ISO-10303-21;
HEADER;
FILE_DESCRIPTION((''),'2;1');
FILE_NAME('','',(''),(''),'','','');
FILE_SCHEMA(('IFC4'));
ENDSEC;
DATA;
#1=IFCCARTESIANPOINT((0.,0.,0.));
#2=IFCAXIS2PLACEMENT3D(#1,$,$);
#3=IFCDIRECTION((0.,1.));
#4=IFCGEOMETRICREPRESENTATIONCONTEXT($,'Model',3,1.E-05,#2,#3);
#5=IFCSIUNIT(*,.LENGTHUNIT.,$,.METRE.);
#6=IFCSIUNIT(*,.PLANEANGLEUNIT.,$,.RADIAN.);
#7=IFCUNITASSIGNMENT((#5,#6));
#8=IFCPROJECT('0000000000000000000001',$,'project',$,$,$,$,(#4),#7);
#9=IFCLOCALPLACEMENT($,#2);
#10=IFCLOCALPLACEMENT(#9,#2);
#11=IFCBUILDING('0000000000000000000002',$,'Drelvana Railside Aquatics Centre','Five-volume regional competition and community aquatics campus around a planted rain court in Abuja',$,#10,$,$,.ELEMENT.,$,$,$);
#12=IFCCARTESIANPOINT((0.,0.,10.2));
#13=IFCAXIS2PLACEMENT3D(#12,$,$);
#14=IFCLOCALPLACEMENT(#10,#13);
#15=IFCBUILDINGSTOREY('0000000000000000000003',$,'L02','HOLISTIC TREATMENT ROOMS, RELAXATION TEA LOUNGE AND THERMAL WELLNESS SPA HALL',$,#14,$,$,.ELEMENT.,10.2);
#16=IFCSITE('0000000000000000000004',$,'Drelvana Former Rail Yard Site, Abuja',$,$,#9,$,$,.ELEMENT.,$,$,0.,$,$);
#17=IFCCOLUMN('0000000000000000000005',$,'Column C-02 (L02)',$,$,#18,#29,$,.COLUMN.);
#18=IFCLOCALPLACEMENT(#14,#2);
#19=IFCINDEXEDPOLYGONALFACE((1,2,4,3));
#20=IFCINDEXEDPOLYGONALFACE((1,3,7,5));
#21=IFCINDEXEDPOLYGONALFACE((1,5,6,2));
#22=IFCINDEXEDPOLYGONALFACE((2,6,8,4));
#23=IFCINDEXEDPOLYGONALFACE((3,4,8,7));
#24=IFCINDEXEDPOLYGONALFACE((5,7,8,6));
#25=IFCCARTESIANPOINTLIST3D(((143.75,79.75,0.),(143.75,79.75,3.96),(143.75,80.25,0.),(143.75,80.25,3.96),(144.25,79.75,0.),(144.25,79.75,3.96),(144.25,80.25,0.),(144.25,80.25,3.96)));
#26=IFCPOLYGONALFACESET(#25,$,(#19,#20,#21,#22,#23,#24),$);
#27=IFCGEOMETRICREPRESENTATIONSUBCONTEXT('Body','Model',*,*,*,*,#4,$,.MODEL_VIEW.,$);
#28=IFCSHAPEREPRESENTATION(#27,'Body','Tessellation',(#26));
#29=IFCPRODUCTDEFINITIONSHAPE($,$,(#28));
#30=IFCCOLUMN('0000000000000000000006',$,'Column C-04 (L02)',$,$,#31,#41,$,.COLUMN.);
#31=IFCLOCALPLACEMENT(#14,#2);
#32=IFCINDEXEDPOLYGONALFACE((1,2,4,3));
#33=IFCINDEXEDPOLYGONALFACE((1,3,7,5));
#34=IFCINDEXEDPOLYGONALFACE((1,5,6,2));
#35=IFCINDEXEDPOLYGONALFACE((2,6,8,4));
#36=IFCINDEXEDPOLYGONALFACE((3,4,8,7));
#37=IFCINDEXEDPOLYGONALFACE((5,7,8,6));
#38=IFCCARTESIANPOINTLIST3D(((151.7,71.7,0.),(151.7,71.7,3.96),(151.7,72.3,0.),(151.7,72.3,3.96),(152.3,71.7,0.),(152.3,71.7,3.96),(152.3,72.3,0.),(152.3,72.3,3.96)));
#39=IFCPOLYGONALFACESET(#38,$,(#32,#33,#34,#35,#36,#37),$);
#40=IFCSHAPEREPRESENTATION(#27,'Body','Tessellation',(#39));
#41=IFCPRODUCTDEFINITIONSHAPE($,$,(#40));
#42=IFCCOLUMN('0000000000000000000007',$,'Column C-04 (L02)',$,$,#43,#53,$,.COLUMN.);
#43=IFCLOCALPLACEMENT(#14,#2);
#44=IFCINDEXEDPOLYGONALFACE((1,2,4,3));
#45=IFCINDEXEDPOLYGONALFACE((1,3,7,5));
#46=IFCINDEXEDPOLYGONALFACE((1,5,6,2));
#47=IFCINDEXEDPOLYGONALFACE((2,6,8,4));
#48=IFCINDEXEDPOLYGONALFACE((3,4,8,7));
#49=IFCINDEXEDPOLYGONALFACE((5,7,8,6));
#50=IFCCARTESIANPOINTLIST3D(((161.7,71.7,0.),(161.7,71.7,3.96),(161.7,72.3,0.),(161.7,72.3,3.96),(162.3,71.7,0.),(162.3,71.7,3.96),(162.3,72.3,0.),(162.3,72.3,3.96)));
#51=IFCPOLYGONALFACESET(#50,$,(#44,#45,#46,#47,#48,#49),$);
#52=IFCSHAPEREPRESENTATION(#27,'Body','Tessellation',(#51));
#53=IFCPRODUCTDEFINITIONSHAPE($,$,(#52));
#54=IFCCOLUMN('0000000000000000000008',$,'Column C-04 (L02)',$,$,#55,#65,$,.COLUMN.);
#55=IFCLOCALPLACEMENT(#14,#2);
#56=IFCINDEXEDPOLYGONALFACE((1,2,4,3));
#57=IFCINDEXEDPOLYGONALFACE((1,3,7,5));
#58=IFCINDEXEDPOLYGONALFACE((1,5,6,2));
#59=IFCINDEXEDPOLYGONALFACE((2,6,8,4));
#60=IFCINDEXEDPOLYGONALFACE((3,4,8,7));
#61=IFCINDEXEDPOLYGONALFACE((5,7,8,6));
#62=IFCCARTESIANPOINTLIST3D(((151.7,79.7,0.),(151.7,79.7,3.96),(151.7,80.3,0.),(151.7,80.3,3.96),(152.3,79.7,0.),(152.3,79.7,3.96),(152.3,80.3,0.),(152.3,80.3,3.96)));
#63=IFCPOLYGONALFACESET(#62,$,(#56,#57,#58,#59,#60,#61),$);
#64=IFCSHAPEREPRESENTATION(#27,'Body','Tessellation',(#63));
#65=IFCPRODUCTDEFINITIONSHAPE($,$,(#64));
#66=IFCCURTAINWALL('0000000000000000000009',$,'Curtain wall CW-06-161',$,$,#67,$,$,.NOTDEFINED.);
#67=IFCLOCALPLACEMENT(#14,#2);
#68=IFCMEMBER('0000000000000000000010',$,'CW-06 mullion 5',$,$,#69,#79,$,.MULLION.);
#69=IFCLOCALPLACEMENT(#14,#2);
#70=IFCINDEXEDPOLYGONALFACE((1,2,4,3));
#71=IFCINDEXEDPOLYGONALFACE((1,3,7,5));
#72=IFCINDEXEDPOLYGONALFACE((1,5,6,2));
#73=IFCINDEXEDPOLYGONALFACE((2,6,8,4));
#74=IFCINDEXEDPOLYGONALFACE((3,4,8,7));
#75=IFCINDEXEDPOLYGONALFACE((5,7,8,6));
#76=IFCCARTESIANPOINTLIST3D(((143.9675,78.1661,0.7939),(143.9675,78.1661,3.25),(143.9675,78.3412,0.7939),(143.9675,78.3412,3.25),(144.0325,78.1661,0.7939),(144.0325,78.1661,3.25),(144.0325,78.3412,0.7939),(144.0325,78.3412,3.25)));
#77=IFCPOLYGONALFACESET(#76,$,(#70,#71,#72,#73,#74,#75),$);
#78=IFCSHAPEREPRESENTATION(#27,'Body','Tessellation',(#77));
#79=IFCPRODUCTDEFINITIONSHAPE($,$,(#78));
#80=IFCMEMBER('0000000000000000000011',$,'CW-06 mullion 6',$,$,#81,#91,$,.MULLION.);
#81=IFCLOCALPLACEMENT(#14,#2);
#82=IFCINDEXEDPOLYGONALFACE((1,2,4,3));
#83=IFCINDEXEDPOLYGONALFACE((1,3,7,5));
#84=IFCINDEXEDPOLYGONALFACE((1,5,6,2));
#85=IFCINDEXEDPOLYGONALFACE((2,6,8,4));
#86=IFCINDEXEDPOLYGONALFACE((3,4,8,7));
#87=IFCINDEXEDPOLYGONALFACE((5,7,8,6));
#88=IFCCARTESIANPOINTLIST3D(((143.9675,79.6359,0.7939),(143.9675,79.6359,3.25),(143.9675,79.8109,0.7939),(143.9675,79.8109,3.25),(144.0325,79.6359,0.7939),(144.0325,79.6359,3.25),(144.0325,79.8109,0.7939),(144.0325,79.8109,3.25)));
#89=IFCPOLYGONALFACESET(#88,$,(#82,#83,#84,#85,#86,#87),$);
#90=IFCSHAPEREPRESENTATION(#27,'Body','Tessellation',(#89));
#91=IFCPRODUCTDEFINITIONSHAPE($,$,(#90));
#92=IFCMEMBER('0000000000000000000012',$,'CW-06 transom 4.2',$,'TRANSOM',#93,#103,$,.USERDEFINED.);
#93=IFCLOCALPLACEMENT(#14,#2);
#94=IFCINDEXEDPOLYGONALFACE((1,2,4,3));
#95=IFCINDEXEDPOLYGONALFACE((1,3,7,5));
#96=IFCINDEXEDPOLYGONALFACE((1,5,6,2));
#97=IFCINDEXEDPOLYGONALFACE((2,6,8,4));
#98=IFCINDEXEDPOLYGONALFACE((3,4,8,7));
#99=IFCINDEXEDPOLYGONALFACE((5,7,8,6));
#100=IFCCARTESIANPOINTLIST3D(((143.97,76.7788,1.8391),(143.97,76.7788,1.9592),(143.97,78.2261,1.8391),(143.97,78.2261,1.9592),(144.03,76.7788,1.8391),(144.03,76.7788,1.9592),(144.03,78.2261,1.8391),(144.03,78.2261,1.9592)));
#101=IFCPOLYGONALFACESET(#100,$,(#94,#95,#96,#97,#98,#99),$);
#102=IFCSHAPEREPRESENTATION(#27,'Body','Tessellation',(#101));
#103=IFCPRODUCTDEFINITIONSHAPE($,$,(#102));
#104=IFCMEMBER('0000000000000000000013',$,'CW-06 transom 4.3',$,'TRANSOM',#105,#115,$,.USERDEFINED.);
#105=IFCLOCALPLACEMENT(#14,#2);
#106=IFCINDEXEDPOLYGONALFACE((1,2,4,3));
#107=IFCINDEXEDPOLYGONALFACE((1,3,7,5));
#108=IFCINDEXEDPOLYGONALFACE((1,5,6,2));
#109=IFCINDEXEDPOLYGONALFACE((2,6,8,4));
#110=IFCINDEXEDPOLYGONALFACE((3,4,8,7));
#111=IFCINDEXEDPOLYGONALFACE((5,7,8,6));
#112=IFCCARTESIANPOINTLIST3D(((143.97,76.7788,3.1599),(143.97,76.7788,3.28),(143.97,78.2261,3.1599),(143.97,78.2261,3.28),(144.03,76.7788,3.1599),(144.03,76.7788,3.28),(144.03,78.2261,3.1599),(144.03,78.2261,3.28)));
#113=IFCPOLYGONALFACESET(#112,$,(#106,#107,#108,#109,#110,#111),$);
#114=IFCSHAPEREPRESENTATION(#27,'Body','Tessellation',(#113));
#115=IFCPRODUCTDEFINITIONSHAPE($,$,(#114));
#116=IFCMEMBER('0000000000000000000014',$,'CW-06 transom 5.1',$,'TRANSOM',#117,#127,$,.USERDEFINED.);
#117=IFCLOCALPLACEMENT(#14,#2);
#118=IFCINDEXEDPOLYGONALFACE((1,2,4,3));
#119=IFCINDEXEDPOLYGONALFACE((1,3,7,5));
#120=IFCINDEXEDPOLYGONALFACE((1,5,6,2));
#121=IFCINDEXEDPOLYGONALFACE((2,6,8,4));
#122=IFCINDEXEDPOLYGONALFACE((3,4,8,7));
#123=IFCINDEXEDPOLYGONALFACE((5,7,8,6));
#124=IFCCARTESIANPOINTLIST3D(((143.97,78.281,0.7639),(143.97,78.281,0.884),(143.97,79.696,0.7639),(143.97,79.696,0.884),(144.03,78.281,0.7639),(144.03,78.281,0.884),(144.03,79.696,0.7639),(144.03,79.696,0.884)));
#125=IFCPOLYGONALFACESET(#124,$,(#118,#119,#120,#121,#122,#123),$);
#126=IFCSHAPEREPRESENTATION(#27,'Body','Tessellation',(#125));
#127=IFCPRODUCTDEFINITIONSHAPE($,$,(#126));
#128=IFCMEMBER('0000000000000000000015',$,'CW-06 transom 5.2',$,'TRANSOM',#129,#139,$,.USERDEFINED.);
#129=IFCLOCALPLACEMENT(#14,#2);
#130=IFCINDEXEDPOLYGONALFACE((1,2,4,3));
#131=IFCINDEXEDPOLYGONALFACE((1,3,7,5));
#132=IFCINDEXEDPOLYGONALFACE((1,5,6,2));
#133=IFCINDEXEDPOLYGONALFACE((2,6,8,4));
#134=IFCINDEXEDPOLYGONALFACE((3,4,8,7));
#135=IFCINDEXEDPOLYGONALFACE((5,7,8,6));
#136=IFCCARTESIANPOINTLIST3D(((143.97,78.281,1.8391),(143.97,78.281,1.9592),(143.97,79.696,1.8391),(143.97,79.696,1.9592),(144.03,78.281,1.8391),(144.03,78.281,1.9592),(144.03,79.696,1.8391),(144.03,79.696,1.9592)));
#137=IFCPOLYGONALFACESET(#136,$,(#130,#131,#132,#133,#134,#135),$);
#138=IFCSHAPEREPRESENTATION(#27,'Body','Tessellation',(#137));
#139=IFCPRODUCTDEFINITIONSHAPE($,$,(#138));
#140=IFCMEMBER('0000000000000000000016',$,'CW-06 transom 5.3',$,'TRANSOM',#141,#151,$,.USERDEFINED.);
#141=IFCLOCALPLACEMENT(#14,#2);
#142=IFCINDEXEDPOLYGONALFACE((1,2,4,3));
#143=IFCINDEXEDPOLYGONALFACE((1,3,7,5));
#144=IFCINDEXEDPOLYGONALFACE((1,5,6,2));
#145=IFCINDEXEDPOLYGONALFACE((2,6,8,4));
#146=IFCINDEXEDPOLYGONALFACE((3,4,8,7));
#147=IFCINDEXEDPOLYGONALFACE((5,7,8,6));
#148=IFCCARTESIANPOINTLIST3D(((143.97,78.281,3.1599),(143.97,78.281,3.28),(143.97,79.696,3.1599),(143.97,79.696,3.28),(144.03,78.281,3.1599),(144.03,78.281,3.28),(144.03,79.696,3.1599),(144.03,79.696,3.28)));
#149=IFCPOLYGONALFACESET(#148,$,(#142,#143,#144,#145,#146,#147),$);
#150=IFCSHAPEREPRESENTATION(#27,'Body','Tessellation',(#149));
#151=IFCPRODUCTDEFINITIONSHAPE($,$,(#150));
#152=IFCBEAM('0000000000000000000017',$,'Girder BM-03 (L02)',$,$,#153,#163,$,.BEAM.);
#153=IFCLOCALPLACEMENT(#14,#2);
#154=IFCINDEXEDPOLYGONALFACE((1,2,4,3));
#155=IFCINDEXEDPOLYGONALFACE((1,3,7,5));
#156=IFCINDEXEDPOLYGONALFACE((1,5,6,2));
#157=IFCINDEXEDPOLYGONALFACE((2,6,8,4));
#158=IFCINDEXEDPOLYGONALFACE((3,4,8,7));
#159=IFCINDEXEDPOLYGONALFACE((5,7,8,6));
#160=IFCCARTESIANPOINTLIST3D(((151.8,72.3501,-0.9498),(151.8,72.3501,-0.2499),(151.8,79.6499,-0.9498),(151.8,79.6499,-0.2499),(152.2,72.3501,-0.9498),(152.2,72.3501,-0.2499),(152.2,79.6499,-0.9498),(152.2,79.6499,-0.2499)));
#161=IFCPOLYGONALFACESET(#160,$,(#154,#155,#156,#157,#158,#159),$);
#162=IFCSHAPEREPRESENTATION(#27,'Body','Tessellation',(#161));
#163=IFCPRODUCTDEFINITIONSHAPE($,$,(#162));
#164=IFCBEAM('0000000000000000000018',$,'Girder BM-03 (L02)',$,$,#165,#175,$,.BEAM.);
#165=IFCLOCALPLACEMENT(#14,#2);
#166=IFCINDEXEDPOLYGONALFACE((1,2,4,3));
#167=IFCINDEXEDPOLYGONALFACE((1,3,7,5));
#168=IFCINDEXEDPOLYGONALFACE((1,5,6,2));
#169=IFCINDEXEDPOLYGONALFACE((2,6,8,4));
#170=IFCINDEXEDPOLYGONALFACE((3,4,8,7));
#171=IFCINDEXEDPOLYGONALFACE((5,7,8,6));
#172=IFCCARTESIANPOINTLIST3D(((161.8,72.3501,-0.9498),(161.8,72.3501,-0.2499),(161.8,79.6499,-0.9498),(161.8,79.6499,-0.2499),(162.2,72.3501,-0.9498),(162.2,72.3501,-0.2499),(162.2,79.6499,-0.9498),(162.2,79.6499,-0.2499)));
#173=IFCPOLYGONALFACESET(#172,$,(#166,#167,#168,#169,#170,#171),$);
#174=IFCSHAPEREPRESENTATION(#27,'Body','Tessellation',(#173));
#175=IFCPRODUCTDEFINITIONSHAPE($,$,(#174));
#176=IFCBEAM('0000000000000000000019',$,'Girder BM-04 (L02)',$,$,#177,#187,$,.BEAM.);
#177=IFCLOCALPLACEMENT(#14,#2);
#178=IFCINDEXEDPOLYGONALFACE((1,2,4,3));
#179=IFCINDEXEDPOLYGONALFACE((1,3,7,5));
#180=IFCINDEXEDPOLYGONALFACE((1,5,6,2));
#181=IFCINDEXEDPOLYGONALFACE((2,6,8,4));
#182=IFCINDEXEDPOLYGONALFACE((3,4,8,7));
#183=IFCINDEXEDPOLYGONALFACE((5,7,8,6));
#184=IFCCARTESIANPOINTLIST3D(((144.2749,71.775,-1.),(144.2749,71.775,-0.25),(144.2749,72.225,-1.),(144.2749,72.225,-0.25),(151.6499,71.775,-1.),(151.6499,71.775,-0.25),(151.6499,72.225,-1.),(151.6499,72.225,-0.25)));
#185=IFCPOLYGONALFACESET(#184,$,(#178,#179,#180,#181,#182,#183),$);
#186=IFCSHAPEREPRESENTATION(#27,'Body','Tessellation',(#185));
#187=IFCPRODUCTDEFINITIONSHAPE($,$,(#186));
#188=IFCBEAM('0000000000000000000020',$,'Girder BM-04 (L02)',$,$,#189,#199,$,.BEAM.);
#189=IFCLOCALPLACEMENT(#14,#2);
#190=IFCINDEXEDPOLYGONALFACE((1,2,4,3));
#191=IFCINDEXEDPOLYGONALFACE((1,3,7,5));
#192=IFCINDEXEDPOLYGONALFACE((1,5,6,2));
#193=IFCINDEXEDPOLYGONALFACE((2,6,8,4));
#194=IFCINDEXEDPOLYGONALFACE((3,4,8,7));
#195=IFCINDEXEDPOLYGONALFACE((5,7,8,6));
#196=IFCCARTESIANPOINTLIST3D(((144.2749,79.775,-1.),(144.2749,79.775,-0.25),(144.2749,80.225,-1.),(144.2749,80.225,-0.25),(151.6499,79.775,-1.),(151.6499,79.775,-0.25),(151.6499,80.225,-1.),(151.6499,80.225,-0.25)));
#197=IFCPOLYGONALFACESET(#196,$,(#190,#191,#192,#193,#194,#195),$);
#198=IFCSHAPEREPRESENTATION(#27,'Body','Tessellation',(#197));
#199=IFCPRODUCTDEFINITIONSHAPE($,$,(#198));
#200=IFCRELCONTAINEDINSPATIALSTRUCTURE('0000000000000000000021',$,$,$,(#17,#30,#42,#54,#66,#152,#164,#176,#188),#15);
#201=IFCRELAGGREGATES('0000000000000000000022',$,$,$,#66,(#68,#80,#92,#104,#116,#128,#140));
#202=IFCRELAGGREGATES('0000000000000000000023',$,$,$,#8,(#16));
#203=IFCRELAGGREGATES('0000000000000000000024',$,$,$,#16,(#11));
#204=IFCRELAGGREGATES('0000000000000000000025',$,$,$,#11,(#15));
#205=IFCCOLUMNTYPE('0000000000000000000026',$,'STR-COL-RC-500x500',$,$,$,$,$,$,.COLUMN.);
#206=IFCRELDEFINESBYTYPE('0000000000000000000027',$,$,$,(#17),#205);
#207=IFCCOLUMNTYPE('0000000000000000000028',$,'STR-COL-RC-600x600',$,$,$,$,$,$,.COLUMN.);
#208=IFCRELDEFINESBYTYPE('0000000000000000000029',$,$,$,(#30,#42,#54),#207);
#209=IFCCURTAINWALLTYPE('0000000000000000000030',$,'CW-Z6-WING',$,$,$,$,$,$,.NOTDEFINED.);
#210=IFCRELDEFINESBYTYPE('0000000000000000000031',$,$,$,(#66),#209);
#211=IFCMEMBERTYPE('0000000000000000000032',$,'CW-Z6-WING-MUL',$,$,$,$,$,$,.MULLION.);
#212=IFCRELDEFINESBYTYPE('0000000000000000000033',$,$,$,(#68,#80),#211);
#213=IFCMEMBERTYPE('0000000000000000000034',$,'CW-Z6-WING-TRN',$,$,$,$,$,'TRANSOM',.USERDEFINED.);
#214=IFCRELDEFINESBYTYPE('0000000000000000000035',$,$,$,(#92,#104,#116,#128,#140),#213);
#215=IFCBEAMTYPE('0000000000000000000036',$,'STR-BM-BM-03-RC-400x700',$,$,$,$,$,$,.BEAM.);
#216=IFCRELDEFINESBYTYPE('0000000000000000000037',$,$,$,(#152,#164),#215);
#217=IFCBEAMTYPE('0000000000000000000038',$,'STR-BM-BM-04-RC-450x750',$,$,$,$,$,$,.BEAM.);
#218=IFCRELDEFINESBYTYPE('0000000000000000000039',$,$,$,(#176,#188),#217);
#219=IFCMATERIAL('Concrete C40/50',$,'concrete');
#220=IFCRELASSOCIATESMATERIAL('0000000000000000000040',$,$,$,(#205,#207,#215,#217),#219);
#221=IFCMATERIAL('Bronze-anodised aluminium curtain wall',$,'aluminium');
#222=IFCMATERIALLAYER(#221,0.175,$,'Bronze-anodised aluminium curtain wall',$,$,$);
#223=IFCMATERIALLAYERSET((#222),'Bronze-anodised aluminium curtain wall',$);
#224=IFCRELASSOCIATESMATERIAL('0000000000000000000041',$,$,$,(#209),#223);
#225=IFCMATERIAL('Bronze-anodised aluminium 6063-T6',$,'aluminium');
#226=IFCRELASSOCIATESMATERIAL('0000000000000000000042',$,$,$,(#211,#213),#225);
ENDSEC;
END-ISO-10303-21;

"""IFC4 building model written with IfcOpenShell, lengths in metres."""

from ifc_helpers import new_model, si_unit, direction, frame, origin, origin_2d, place, context, subcontext, project, spatial, rectangle, extrude, material, layer, layer_set, material_profile, profile_set, type_object, element, aggregate, save


model = new_model("IFC4")

# Units and contexts
model_context = context("Model", 3, precision=1e-05, world=origin(), true_north=direction((0.0, 1.0)))
body_context = subcontext(model_context, "Body", "Model", "MODEL_VIEW")
ifc_project = project(units=[si_unit("LENGTHUNIT", "METRE"), si_unit("PLANEANGLEUNIT", "RADIAN")], contexts=[model_context])

# Site, building, storey
site_placement = place(None, origin())
site = spatial("IfcSite", under=ifc_project, at=site_placement, Name="Drelvana Former Rail Yard Site, Abuja", CompositionType="ELEMENT", RefElevation=0.0)
building_placement = place(site_placement, origin())
building = spatial("IfcBuilding", under=site, at=building_placement, Name="Drelvana Railside Aquatics Centre", Description="Five-volume regional competition and community aquatics campus around a planted rain court in Abuja", CompositionType="ELEMENT")
storey_placement = place(building_placement, frame((0.0, 0.0, 10.2)))
storey = spatial("IfcBuildingStorey", under=building, at=storey_placement, Name="L02", Description="HOLISTIC TREATMENT ROOMS, RELAXATION TEA LOUNGE AND THERMAL WELLNESS SPA HALL", CompositionType="ELEMENT", Elevation=10.2)

# Columns
ifc_material_1 = material(Name="Concrete C40/50", Category="concrete")
ifc_material_profile_1 = material_profile(ifc_material_1, rectangle(XDim=0.5, YDim=0.5, at=origin_2d()), Name="RC 500x500")
ifc_profile_set_1 = profile_set([ifc_material_profile_1], Name="Concrete C40/50")
column_type_1 = type_object("IfcColumnType", Name="STR-COL-RC-500x500", PredefinedType="COLUMN", material=ifc_profile_set_1)
column_placement = place(storey_placement, frame((144.0, 80.0, 0.0), z_axis=(0.0, 0.0, 1.0), x_axis=(1.0, 0.0, 0.0)))
element("IfcColumn", 1, at=column_placement, inside=storey, type_object=column_type_1, Name="Column C-02 (L02)", PredefinedType="COLUMN", context=body_context, shape_type="SweptSolid", body=[
    extrude(rectangle(XDim=0.5, YDim=0.5, at=origin_2d()), origin(), (0.0, 0.0, 1.0), 3.96),
])
ifc_material_profile_2 = material_profile(ifc_material_1, rectangle(XDim=0.6001, YDim=0.6001, at=origin_2d()), Name="RC 600x600")
ifc_profile_set_2 = profile_set([ifc_material_profile_2], Name="Concrete C40/50")
column_type_2 = type_object("IfcColumnType", Name="STR-COL-RC-600x600", PredefinedType="COLUMN", material=ifc_profile_set_2)
for number, where, z_axis, x_axis, name in (
    (2, (152.0, 72.0, 0.0), (0.0, 0.0, 1.0), (1.0, 0.0, 0.0), "Column C-04 (L02)"),
    (3, (162.0, 72.0, 0.0), (0.0, 0.0, 1.0), (1.0, 0.0, 0.0), "Column C-04 (L02)"),
    (4, (152.0, 80.0, 0.0), (0.0, 0.0, 1.0), (1.0, 0.0, 0.0), "Column C-04 (L02)"),
):
    element("IfcColumn", number, at=place(storey_placement, frame(where, z_axis=z_axis, x_axis=x_axis)), inside=storey, type_object=column_type_2, Name=name, PredefinedType="COLUMN", context=body_context, shape_type="SweptSolid", body=[
        extrude(rectangle(XDim=0.6001, YDim=0.6001, at=origin_2d()), origin(), (0.0, 0.0, 1.0), 3.96),
    ])

# Curtain wall, members
ifc_material_2 = material(Name="Bronze-anodised aluminium curtain wall", Category="aluminium")
ifc_layer_1 = layer(ifc_material_2, 0.175, Name="Bronze-anodised aluminium curtain wall")
ifc_layer_set_1 = layer_set([ifc_layer_1], Name="Bronze-anodised aluminium curtain wall")
curtain_wall_type = type_object("IfcCurtainWallType", Name="CW-Z6-WING", PredefinedType="NOTDEFINED", material=ifc_layer_set_1)
curtain_wall_placement = place(storey_placement, origin())
curtain_wall = element("IfcCurtainWall", 5, at=curtain_wall_placement, inside=storey, type_object=curtain_wall_type, Name="Curtain wall CW-06-161", PredefinedType="NOTDEFINED")
ifc_material_3 = material(Name="Bronze-anodised aluminium 6063-T6", Category="aluminium")
ifc_material_profile_3 = material_profile(ifc_material_3, rectangle(XDim=0.0649, YDim=0.175, at=origin_2d()), Name="ALU-M 65x175")
ifc_profile_set_3 = profile_set([ifc_material_profile_3], Name="Bronze-anodised aluminium 6063-T6")
member_type_1 = type_object("IfcMemberType", Name="CW-Z6-WING-MUL", PredefinedType="MULLION", material=ifc_profile_set_3)
member_1_placement = place(storey_placement, frame((144.0, 78.2537, 0.7939), z_axis=(0.0, 0.0, 1.0), x_axis=(-1.0, 0.0, 0.0)))
member_1 = element("IfcMember", 6, at=member_1_placement, type_object=member_type_1, Name="CW-06 mullion 5", PredefinedType="MULLION", context=body_context, shape_type="SweptSolid", body=[
    extrude(rectangle(XDim=0.0649, YDim=0.175, at=origin_2d()), origin(), (0.0, 0.0, 1.0), 2.4561),
])
member_2_placement = place(storey_placement, frame((144.0, 79.7234, 0.7939), z_axis=(0.0, 0.0, 1.0), x_axis=(-1.0, 0.0, 0.0)))
member_2 = element("IfcMember", 7, at=member_2_placement, type_object=member_type_1, Name="CW-06 mullion 6", PredefinedType="MULLION", context=body_context, shape_type="SweptSolid", body=[
    extrude(rectangle(XDim=0.0649, YDim=0.175, at=origin_2d()), origin(), (0.0, 0.0, 1.0), 2.4561),
])
ifc_material_profile_4 = material_profile(ifc_material_3, rectangle(XDim=0.1201, YDim=0.0601, at=origin_2d()), Name="ALU-T 60x120")
ifc_profile_set_4 = profile_set([ifc_material_profile_4], Name="Bronze-anodised aluminium 6063-T6")
member_type_2 = type_object("IfcMemberType", Name="CW-Z6-WING-TRN", ElementType="TRANSOM", PredefinedType="USERDEFINED", material=ifc_profile_set_4)
member_3_placement = place(storey_placement, frame((144.0, 76.7788, 1.8992), z_axis=(0.0, 1.0, 0.0), x_axis=(0.0, 0.0, 1.0)))
member_3 = element("IfcMember", 8, at=member_3_placement, type_object=member_type_2, Name="CW-06 transom 4.2", ObjectType="TRANSOM", PredefinedType="USERDEFINED", context=body_context, shape_type="SweptSolid", body=[
    extrude(rectangle(XDim=0.1201, YDim=0.0601, at=origin_2d()), origin(), (0.0, 0.0, 1.0), 1.4473),
])
member_4_placement = place(storey_placement, frame((144.0, 76.7788, 3.22), z_axis=(0.0, 1.0, 0.0), x_axis=(0.0, 0.0, 1.0)))
member_4 = element("IfcMember", 9, at=member_4_placement, type_object=member_type_2, Name="CW-06 transom 4.3", ObjectType="TRANSOM", PredefinedType="USERDEFINED", context=body_context, shape_type="SweptSolid", body=[
    extrude(rectangle(XDim=0.1201, YDim=0.0601, at=origin_2d()), origin(), (0.0, 0.0, 1.0), 1.4473),
])
member_5_placement = place(storey_placement, frame((144.0, 78.281, 0.824), z_axis=(0.0, 1.0, 0.0), x_axis=(0.0, 0.0, 1.0)))
member_5 = element("IfcMember", 10, at=member_5_placement, type_object=member_type_2, Name="CW-06 transom 5.1", ObjectType="TRANSOM", PredefinedType="USERDEFINED", context=body_context, shape_type="SweptSolid", body=[
    extrude(rectangle(XDim=0.1201, YDim=0.0601, at=origin_2d()), origin(), (0.0, 0.0, 1.0), 1.415),
])
member_6_placement = place(storey_placement, frame((144.0, 78.281, 1.8992), z_axis=(0.0, 1.0, 0.0), x_axis=(0.0, 0.0, 1.0)))
member_6 = element("IfcMember", 11, at=member_6_placement, type_object=member_type_2, Name="CW-06 transom 5.2", ObjectType="TRANSOM", PredefinedType="USERDEFINED", context=body_context, shape_type="SweptSolid", body=[
    extrude(rectangle(XDim=0.1201, YDim=0.0601, at=origin_2d()), origin(), (0.0, 0.0, 1.0), 1.415),
])
member_7_placement = place(storey_placement, frame((144.0, 78.281, 3.22), z_axis=(0.0, 1.0, 0.0), x_axis=(0.0, 0.0, 1.0)))
member_7 = element("IfcMember", 12, at=member_7_placement, type_object=member_type_2, Name="CW-06 transom 5.3", ObjectType="TRANSOM", PredefinedType="USERDEFINED", context=body_context, shape_type="SweptSolid", body=[
    extrude(rectangle(XDim=0.1201, YDim=0.0601, at=origin_2d()), origin(), (0.0, 0.0, 1.0), 1.415),
])

# Beams
ifc_material_profile_5 = material_profile(ifc_material_1, rectangle(XDim=0.3999, YDim=0.7, at=origin_2d()), Name="RC 400x700")
ifc_profile_set_5 = profile_set([ifc_material_profile_5], Name="Concrete C40/50")
beam_type_1 = type_object("IfcBeamType", Name="STR-BM-BM-03-RC-400x700", PredefinedType="BEAM", material=ifc_profile_set_5)
for number, where, z_axis, x_axis, name in (
    (13, (152.0, 72.3501, -0.5999), (0.0, 1.0, 0.0), (-1.0, 0.0, 0.0), "Girder BM-03 (L02)"),
    (14, (162.0, 72.3501, -0.5999), (0.0, 1.0, 0.0), (-1.0, 0.0, 0.0), "Girder BM-03 (L02)"),
):
    element("IfcBeam", number, at=place(storey_placement, frame(where, z_axis=z_axis, x_axis=x_axis)), inside=storey, type_object=beam_type_1, Name=name, PredefinedType="BEAM", context=body_context, shape_type="SweptSolid", body=[
        extrude(rectangle(XDim=0.3999, YDim=0.7, at=origin_2d()), origin(), (0.0, 0.0, 1.0), 7.2998),
    ])
ifc_material_profile_6 = material_profile(ifc_material_1, rectangle(XDim=0.45, YDim=0.75, at=origin_2d()), Name="RC 450x750")
ifc_profile_set_6 = profile_set([ifc_material_profile_6], Name="Concrete C40/50")
beam_type_2 = type_object("IfcBeamType", Name="STR-BM-BM-04-RC-450x750", PredefinedType="BEAM", material=ifc_profile_set_6)
for number, where, z_axis, x_axis, name in (
    (15, (144.2749, 72.0, -0.625), (1.0, 0.0, 0.0), (0.0, 1.0, 0.0), "Girder BM-04 (L02)"),
    (16, (144.2749, 80.0, -0.625), (1.0, 0.0, 0.0), (0.0, 1.0, 0.0), "Girder BM-04 (L02)"),
):
    element("IfcBeam", number, at=place(storey_placement, frame(where, z_axis=z_axis, x_axis=x_axis)), inside=storey, type_object=beam_type_2, Name=name, PredefinedType="BEAM", context=body_context, shape_type="SweptSolid", body=[
        extrude(rectangle(XDim=0.45, YDim=0.75, at=origin_2d()), origin(), (0.0, 0.0, 1.0), 7.375),
    ])

aggregate(curtain_wall, [member_1, member_2, member_3, member_4, member_5, member_6, member_7])

save(model, "model.ifc")
